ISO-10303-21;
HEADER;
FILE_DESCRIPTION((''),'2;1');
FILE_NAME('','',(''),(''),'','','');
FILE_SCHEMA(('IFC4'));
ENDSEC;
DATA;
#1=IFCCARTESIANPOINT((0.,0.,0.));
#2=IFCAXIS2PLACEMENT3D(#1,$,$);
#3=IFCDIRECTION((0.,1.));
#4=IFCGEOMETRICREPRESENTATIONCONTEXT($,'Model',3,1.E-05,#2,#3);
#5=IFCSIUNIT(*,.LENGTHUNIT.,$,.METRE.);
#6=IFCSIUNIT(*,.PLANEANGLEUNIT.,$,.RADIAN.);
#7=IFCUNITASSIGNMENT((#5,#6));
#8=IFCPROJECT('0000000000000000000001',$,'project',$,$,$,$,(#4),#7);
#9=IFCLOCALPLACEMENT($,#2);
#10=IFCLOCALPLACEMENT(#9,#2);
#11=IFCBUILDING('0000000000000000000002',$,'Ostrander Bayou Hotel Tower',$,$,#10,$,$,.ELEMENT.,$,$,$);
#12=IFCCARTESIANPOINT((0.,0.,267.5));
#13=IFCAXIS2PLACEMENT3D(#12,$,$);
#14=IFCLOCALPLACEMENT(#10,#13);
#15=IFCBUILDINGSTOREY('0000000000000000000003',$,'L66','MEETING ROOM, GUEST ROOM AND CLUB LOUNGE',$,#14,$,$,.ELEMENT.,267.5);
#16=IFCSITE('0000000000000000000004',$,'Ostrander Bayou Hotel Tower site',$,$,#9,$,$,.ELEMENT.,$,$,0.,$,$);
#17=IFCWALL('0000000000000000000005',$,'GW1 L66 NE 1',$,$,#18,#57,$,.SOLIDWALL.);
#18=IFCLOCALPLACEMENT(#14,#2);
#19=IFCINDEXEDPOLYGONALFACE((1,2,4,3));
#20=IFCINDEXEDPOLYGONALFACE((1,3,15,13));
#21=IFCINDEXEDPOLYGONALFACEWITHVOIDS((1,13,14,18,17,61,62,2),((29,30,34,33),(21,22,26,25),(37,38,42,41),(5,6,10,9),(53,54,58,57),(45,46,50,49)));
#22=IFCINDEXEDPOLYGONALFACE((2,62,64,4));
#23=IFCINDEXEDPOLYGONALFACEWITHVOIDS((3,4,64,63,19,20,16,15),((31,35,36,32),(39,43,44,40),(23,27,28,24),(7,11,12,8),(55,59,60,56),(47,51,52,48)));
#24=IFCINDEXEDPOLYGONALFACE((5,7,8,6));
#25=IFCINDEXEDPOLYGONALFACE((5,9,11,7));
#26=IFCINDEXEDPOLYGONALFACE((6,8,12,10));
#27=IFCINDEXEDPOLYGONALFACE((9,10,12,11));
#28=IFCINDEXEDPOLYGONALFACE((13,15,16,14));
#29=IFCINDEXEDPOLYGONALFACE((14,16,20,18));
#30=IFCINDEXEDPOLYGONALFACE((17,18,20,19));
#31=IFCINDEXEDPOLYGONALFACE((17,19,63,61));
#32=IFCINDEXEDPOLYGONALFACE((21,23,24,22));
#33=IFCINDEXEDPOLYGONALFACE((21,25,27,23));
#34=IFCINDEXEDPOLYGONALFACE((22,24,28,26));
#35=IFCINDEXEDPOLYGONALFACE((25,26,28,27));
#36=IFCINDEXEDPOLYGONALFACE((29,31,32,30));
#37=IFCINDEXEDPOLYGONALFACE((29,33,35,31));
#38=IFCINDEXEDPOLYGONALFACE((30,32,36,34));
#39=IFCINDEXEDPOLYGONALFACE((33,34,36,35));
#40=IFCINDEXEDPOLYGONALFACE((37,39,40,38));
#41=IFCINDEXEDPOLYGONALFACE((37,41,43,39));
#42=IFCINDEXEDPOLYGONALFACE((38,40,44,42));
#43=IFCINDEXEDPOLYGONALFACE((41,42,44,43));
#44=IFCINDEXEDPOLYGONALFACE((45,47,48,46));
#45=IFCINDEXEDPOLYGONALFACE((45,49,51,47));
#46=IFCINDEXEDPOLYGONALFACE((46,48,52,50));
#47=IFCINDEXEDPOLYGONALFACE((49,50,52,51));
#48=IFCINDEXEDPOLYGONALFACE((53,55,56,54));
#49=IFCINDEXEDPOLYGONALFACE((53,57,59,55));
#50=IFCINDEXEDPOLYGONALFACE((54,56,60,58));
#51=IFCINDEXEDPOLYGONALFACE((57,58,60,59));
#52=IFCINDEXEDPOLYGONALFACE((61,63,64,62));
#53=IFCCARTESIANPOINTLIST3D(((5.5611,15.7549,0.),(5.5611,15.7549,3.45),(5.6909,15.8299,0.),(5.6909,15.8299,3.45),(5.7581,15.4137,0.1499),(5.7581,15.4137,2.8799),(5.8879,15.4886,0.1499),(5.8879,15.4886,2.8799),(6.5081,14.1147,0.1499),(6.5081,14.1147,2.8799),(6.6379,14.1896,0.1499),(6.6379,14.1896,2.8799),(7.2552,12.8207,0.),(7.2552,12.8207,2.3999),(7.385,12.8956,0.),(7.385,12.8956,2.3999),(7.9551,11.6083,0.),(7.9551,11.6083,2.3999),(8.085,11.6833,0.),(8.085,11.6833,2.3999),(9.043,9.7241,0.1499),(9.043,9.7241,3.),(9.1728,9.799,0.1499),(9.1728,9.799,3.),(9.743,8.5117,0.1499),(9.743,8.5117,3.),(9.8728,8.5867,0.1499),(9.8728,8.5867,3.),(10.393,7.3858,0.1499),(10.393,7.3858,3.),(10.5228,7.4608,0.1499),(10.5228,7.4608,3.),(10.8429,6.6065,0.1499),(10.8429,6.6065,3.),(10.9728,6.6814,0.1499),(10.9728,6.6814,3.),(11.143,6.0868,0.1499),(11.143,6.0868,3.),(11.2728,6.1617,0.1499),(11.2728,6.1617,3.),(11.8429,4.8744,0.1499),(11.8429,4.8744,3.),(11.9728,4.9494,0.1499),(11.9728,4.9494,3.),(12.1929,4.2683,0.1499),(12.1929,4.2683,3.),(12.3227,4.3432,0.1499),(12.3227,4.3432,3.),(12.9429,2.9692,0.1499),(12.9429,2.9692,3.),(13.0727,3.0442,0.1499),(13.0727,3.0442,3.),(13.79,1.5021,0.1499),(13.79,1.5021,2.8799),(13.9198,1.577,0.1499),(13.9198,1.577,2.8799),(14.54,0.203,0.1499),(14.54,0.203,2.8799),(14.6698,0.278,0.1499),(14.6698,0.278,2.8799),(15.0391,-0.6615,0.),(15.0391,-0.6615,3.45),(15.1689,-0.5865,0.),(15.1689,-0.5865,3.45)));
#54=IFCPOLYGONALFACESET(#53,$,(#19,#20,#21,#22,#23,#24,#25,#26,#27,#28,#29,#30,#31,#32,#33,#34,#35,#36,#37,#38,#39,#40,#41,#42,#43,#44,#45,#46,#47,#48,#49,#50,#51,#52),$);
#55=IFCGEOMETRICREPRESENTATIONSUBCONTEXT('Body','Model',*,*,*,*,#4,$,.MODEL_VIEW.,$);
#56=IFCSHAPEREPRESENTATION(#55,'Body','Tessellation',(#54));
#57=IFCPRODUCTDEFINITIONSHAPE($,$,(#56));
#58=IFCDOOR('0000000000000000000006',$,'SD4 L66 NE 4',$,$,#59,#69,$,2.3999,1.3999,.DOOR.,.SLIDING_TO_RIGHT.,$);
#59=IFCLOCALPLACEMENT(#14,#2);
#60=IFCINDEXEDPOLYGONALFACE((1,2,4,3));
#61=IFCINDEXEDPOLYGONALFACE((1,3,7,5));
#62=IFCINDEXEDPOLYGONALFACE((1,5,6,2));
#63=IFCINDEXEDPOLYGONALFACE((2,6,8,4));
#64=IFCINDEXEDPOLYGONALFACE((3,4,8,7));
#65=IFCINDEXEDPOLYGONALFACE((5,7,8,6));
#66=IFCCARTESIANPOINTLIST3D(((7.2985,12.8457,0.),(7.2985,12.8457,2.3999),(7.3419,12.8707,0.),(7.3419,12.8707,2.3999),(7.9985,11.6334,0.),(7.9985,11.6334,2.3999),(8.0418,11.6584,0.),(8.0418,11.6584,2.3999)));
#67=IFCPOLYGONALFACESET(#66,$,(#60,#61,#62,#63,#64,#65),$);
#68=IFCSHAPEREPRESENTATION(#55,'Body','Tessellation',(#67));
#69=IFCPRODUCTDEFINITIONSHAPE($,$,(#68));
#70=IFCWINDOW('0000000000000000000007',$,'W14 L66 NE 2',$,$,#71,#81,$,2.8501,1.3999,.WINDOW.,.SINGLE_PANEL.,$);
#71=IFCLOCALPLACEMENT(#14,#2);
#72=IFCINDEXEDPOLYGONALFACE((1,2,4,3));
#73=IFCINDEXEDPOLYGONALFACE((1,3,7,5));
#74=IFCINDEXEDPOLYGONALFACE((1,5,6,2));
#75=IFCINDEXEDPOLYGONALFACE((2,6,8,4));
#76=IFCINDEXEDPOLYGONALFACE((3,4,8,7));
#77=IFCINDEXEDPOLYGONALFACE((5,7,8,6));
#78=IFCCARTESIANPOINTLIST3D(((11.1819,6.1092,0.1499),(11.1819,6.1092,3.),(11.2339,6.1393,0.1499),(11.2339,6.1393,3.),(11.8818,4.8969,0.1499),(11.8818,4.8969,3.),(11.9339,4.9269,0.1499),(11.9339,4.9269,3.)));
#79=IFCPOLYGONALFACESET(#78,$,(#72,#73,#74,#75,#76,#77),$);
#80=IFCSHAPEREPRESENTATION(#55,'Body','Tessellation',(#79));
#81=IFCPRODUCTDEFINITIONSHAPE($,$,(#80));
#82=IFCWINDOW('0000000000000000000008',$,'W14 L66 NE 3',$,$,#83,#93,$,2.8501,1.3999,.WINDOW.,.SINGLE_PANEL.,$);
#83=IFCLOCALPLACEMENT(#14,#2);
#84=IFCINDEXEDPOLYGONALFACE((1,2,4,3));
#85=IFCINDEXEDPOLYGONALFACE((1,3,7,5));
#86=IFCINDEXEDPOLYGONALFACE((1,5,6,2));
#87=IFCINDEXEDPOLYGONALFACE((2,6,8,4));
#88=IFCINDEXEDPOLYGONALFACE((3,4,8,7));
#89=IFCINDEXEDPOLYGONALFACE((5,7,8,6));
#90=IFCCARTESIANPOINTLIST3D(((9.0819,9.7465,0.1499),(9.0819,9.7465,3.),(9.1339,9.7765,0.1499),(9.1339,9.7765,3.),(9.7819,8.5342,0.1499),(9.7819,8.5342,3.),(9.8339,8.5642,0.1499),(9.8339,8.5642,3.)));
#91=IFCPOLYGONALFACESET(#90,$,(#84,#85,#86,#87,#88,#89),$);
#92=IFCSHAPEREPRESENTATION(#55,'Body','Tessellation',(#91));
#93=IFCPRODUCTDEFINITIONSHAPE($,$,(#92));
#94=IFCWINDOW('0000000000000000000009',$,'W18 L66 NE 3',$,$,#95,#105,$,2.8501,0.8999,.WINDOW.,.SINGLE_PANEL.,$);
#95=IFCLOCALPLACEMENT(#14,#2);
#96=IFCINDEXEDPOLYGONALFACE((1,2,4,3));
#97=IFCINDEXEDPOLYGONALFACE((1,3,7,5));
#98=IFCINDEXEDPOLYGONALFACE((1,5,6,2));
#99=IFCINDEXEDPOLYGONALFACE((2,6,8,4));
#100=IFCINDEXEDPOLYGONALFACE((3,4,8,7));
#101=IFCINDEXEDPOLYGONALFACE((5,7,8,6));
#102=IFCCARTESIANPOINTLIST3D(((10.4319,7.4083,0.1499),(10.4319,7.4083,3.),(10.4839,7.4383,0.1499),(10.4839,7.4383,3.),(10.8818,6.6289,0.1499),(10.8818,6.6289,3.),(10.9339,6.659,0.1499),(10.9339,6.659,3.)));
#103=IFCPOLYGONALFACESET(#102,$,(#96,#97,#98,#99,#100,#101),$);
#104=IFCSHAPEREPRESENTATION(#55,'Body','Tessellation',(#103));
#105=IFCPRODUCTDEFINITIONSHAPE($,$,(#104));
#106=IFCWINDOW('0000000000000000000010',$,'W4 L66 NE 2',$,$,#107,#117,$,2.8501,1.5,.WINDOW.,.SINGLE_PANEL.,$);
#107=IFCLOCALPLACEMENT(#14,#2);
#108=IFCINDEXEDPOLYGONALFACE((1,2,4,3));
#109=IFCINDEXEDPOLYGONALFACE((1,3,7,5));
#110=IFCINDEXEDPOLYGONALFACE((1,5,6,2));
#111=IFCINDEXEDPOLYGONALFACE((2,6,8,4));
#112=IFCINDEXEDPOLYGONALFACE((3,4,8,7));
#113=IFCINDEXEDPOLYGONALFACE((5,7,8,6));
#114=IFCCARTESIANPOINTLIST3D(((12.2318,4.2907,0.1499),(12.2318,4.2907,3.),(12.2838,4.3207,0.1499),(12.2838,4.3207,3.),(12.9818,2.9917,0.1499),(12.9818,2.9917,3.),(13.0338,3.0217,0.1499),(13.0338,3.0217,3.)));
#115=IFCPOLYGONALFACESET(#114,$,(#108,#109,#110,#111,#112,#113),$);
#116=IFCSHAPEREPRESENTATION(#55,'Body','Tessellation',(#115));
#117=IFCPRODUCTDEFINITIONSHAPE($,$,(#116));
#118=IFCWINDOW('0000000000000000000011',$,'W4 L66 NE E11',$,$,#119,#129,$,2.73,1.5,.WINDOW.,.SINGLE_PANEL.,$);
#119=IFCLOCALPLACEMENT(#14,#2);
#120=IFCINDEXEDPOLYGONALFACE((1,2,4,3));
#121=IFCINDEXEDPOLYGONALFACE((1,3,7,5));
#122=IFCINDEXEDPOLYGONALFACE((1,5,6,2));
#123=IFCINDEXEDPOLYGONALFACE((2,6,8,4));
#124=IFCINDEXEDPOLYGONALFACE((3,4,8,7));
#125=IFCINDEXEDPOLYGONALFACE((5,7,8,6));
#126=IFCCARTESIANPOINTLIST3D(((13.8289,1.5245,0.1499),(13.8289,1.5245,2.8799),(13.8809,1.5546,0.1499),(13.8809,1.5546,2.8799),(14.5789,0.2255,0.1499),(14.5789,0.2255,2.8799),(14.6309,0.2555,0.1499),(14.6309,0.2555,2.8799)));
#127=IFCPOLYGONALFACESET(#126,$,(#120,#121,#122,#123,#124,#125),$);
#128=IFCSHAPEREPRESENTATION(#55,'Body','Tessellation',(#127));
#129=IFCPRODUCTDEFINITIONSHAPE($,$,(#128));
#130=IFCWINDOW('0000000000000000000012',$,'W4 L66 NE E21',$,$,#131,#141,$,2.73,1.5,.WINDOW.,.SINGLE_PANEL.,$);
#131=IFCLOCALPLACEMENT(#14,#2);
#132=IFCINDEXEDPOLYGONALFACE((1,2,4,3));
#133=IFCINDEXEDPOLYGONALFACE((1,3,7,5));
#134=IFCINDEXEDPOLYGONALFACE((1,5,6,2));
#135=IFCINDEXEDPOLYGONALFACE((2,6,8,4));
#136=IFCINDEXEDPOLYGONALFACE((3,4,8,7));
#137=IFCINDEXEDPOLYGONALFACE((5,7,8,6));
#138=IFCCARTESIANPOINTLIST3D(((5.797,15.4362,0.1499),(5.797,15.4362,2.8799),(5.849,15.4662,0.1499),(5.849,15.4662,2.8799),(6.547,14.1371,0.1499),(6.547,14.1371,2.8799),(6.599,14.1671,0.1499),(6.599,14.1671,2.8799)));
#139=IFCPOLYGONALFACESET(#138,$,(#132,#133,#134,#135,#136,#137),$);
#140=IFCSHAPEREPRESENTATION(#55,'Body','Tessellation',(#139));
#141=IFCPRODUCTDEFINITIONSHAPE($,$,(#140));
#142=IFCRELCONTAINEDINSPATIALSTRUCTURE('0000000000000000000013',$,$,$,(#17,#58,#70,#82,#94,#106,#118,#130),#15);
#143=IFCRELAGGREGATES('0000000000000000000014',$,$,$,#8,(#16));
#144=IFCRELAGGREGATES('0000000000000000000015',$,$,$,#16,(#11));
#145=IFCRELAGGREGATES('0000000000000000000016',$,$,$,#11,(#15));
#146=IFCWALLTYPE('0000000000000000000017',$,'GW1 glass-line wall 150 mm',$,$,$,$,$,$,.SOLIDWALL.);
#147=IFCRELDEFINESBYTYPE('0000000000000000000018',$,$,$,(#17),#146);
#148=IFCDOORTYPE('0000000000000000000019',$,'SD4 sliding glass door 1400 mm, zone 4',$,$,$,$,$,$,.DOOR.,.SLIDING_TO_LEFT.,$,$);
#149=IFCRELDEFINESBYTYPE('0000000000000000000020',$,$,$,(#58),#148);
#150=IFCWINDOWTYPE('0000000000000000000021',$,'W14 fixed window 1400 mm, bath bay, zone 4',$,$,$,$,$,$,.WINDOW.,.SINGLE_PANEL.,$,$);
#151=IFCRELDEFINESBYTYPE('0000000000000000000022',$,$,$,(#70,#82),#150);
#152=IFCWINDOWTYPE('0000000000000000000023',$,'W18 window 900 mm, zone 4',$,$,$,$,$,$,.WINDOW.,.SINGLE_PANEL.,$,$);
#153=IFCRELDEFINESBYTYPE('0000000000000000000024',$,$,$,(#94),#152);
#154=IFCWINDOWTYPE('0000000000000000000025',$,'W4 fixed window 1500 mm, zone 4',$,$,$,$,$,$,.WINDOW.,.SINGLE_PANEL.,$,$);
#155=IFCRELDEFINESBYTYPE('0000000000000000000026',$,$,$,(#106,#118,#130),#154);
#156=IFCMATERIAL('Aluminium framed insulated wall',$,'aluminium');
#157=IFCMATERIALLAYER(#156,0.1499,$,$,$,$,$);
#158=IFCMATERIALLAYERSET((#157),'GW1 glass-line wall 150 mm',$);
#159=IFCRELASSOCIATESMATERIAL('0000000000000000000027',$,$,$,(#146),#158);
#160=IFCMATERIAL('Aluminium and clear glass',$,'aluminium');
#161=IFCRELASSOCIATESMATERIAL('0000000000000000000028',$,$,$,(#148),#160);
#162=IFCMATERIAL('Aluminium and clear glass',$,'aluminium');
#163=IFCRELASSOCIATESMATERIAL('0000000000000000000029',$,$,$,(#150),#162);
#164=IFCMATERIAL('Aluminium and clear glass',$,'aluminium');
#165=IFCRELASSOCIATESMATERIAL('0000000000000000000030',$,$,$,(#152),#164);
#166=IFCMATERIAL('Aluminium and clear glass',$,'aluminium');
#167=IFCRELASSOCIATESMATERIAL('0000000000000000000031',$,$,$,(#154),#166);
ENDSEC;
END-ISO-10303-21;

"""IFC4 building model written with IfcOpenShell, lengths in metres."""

from ifc_helpers import new_model, si_unit, direction, frame, frame_2d, origin, place, context, subcontext, project, spatial, rectangle, extrude, material, layer, layer_set, type_object, element, fill, save


model = new_model("IFC4")

# Units and contexts
model_context = context("Model", 3, precision=1e-05, world=origin(), true_north=direction((0.0, 1.0)))
body_context = subcontext(model_context, "Body", "Model", "MODEL_VIEW")
ifc_project = project(units=[si_unit("LENGTHUNIT", "METRE"), si_unit("PLANEANGLEUNIT", "RADIAN")], contexts=[model_context])

# Site, building, storey
site_placement = place(None, origin())
site = spatial("IfcSite", under=ifc_project, at=site_placement, Name="Ostrander Bayou Hotel Tower site", CompositionType="ELEMENT", RefElevation=0.0)
building_placement = place(site_placement, origin())
building = spatial("IfcBuilding", under=site, at=building_placement, Name="Ostrander Bayou Hotel Tower", CompositionType="ELEMENT")
storey_placement = place(building_placement, frame((0.0, 0.0, 267.5)))
storey = spatial("IfcBuildingStorey", under=building, at=storey_placement, Name="L66", Description="MEETING ROOM, GUEST ROOM AND CLUB LOUNGE", CompositionType="ELEMENT", Elevation=267.5)

# Wall, openings, door, windows
ifc_material_1 = material(Name="Aluminium framed insulated wall", Category="aluminium")
ifc_layer_1 = layer(ifc_material_1, 0.1499)
ifc_layer_set_1 = layer_set([ifc_layer_1], Name="GW1 glass-line wall 150 mm")
wall_type_1 = type_object("IfcWallType", Name="GW1 glass-line wall 150 mm", PredefinedType="SOLIDWALL", material=ifc_layer_set_1)
wall_1_placement = place(storey_placement, frame((15.104, -0.624, 0.0), z_axis=(0.0, 0.0, 1.0), x_axis=(-0.499998, 0.866026, 0.0)))
wall_1 = element("IfcWall", 1, at=wall_1_placement, inside=storey, type_object=wall_type_1, Name="GW1 L66 NE 1", PredefinedType="SOLIDWALL", context=body_context, shape_type="SweptSolid", body=[
    extrude(rectangle(XDim=18.9561, YDim=0.1499, at=frame_2d((9.478, 0.0))), origin(), (0.0, 0.0, 1.0), 3.45),
])
opening_1_placement = place(wall_1_placement, frame((4.1924, 0.0, 0.1499)))
opening_1 = element("IfcOpeningElement", 2, at=opening_1_placement, cuts=wall_1, PredefinedType="OPENING", context=body_context, shape_type="SweptSolid", body=[
    extrude(rectangle(XDim=1.5, YDim=2.8501, at=frame_2d((0.75, 1.425))), frame((0.0, 0.075, 0.0), z_axis=(0.0, -1.0, 0.0), x_axis=(1.0, 0.0, 0.0)), (0.0, 0.0, 1.0), 0.1499),
])
opening_2_placement = place(wall_1_placement, frame((6.3923, 0.0, 0.1499)))
opening_2 = element("IfcOpeningElement", 3, at=opening_2_placement, cuts=wall_1, PredefinedType="OPENING", context=body_context, shape_type="SweptSolid", body=[
    extrude(rectangle(XDim=1.3999, YDim=2.8501, at=frame_2d((0.7, 1.425))), frame((0.0, 0.075, 0.0), z_axis=(0.0, -1.0, 0.0), x_axis=(1.0, 0.0, 0.0)), (0.0, 0.0, 1.0), 0.1499),
])
opening_3_placement = place(wall_1_placement, frame((8.3923, 0.0, 0.1499)))
opening_3 = element("IfcOpeningElement", 4, at=opening_3_placement, cuts=wall_1, PredefinedType="OPENING", context=body_context, shape_type="SweptSolid", body=[
    extrude(rectangle(XDim=0.8999, YDim=2.8501, at=frame_2d((0.45, 1.425))), frame((0.0, 0.075, 0.0), z_axis=(0.0, -1.0, 0.0), x_axis=(1.0, 0.0, 0.0)), (0.0, 0.0, 1.0), 0.1499),
])
opening_4_placement = place(wall_1_placement, frame((10.5923, 0.0, 0.1499)))
opening_4 = element("IfcOpeningElement", 5, at=opening_4_placement, cuts=wall_1, PredefinedType="OPENING", context=body_context, shape_type="SweptSolid", body=[
    extrude(rectangle(XDim=1.3999, YDim=2.8501, at=frame_2d((0.7, 1.425))), frame((0.0, 0.075, 0.0), z_axis=(0.0, -1.0, 0.0), x_axis=(1.0, 0.0, 0.0)), (0.0, 0.0, 1.0), 0.1499),
])
opening_5_placement = place(wall_1_placement, frame((14.168, 0.0, 0.0)))
opening_5 = element("IfcOpeningElement", 6, at=opening_5_placement, cuts=wall_1, PredefinedType="OPENING", context=body_context, shape_type="SweptSolid", body=[
    extrude(rectangle(XDim=1.3999, YDim=2.3999, at=frame_2d((0.7, 1.2))), frame((0.0, 0.075, 0.0), z_axis=(0.0, -1.0, 0.0), x_axis=(1.0, 0.0, 0.0)), (0.0, 0.0, 1.0), 0.1499),
])
opening_6_placement = place(wall_1_placement, frame((0.9983, 0.0, 0.1499)))
opening_6 = element("IfcOpeningElement", 7, at=opening_6_placement, cuts=wall_1, PredefinedType="OPENING", context=body_context, shape_type="SweptSolid", body=[
    extrude(rectangle(XDim=1.5, YDim=2.73, at=frame_2d((0.75, 1.365))), frame((0.0, 0.075, 0.0), z_axis=(0.0, -1.0, 0.0), x_axis=(1.0, 0.0, 0.0)), (0.0, 0.0, 1.0), 0.1499),
])
opening_7_placement = place(wall_1_placement, frame((17.062, 0.0, 0.1499)))
opening_7 = element("IfcOpeningElement", 8, at=opening_7_placement, cuts=wall_1, PredefinedType="OPENING", context=body_context, shape_type="SweptSolid", body=[
    extrude(rectangle(XDim=1.5, YDim=2.73, at=frame_2d((0.75, 1.365))), frame((0.0, 0.075, 0.0), z_axis=(0.0, -1.0, 0.0), x_axis=(1.0, 0.0, 0.0)), (0.0, 0.0, 1.0), 0.1499),
])
ifc_material_2 = material(Name="Aluminium and clear glass", Category="aluminium")
door_type_1 = type_object("IfcDoorType", Name="SD4 sliding glass door 1400 mm, zone 4", OperationType="SLIDING_TO_LEFT", PredefinedType="DOOR", material=ifc_material_2)
door_1_placement = place(opening_5_placement, origin())
door_1 = element("IfcDoor", 9, at=door_1_placement, inside=storey, type_object=door_type_1, Name="SD4 L66 NE 4", OperationType="SLIDING_TO_RIGHT", OverallHeight=2.3999, OverallWidth=1.3999, PredefinedType="DOOR", context=body_context, shape_type="SweptSolid", body=[
    extrude(rectangle(XDim=1.3999, YDim=2.3999, at=frame_2d((0.7, 1.2))), frame((0.0, 0.0249, 0.0), z_axis=(0.0, -1.0, 0.0), x_axis=(1.0, 0.0, 0.0)), (0.0, 0.0, 1.0), 0.05),
])
fill(opening_5, door_1)
ifc_material_3 = material(Name="Aluminium and clear glass", Category="aluminium")
window_type_1 = type_object("IfcWindowType", Name="W14 fixed window 1400 mm, bath bay, zone 4", PartitioningType="SINGLE_PANEL", PredefinedType="WINDOW", material=ifc_material_3)
window_1_placement = place(opening_2_placement, origin())
window_1 = element("IfcWindow", 10, at=window_1_placement, inside=storey, type_object=window_type_1, Name="W14 L66 NE 2", OverallHeight=2.8501, OverallWidth=1.3999, PartitioningType="SINGLE_PANEL", PredefinedType="WINDOW", context=body_context, shape_type="SweptSolid", body=[
    extrude(rectangle(XDim=1.3999, YDim=2.8501, at=frame_2d((0.7, 1.425))), frame((0.0, 0.03, 0.0), z_axis=(0.0, -1.0, 0.0), x_axis=(1.0, 0.0, 0.0)), (0.0, 0.0, 1.0), 0.0601),
])
fill(opening_2, window_1)
window_2_placement = place(opening_4_placement, origin())
window_2 = element("IfcWindow", 11, at=window_2_placement, inside=storey, type_object=window_type_1, Name="W14 L66 NE 3", OverallHeight=2.8501, OverallWidth=1.3999, PartitioningType="SINGLE_PANEL", PredefinedType="WINDOW", context=body_context, shape_type="SweptSolid", body=[
    extrude(rectangle(XDim=1.3999, YDim=2.8501, at=frame_2d((0.7, 1.425))), frame((0.0, 0.03, 0.0), z_axis=(0.0, -1.0, 0.0), x_axis=(1.0, 0.0, 0.0)), (0.0, 0.0, 1.0), 0.0601),
])
fill(opening_4, window_2)
ifc_material_4 = material(Name="Aluminium and clear glass", Category="aluminium")
window_type_2 = type_object("IfcWindowType", Name="W18 window 900 mm, zone 4", PartitioningType="SINGLE_PANEL", PredefinedType="WINDOW", material=ifc_material_4)
window_3_placement = place(opening_3_placement, origin())
window_3 = element("IfcWindow", 12, at=window_3_placement, inside=storey, type_object=window_type_2, Name="W18 L66 NE 3", OverallHeight=2.8501, OverallWidth=0.8999, PartitioningType="SINGLE_PANEL", PredefinedType="WINDOW", context=body_context, shape_type="SweptSolid", body=[
    extrude(rectangle(XDim=0.8999, YDim=2.8501, at=frame_2d((0.45, 1.425))), frame((0.0, 0.03, 0.0), z_axis=(0.0, -1.0, 0.0), x_axis=(1.0, 0.0, 0.0)), (0.0, 0.0, 1.0), 0.0601),
])
fill(opening_3, window_3)
ifc_material_5 = material(Name="Aluminium and clear glass", Category="aluminium")
window_type_3 = type_object("IfcWindowType", Name="W4 fixed window 1500 mm, zone 4", PartitioningType="SINGLE_PANEL", PredefinedType="WINDOW", material=ifc_material_5)
window_4_placement = place(opening_1_placement, origin())
window_4 = element("IfcWindow", 13, at=window_4_placement, inside=storey, type_object=window_type_3, Name="W4 L66 NE 2", OverallHeight=2.8501, OverallWidth=1.5, PartitioningType="SINGLE_PANEL", PredefinedType="WINDOW", context=body_context, shape_type="SweptSolid", body=[
    extrude(rectangle(XDim=1.5, YDim=2.8501, at=frame_2d((0.75, 1.425))), frame((0.0, 0.03, 0.0), z_axis=(0.0, -1.0, 0.0), x_axis=(1.0, 0.0, 0.0)), (0.0, 0.0, 1.0), 0.0601),
])
fill(opening_1, window_4)
window_5_placement = place(opening_6_placement, origin())
window_5 = element("IfcWindow", 14, at=window_5_placement, inside=storey, type_object=window_type_3, Name="W4 L66 NE E11", OverallHeight=2.73, OverallWidth=1.5, PartitioningType="SINGLE_PANEL", PredefinedType="WINDOW", context=body_context, shape_type="SweptSolid", body=[
    extrude(rectangle(XDim=1.5, YDim=2.73, at=frame_2d((0.75, 1.365))), frame((0.0, 0.03, 0.0), z_axis=(0.0, -1.0, 0.0), x_axis=(1.0, 0.0, 0.0)), (0.0, 0.0, 1.0), 0.0601),
])
fill(opening_6, window_5)
window_6_placement = place(opening_7_placement, origin())
window_6 = element("IfcWindow", 15, at=window_6_placement, inside=storey, type_object=window_type_3, Name="W4 L66 NE E21", OverallHeight=2.73, OverallWidth=1.5, PartitioningType="SINGLE_PANEL", PredefinedType="WINDOW", context=body_context, shape_type="SweptSolid", body=[
    extrude(rectangle(XDim=1.5, YDim=2.73, at=frame_2d((0.75, 1.365))), frame((0.0, 0.03, 0.0), z_axis=(0.0, -1.0, 0.0), x_axis=(1.0, 0.0, 0.0)), (0.0, 0.0, 1.0), 0.0601),
])
fill(opening_7, window_6)

save(model, "model.ifc")
